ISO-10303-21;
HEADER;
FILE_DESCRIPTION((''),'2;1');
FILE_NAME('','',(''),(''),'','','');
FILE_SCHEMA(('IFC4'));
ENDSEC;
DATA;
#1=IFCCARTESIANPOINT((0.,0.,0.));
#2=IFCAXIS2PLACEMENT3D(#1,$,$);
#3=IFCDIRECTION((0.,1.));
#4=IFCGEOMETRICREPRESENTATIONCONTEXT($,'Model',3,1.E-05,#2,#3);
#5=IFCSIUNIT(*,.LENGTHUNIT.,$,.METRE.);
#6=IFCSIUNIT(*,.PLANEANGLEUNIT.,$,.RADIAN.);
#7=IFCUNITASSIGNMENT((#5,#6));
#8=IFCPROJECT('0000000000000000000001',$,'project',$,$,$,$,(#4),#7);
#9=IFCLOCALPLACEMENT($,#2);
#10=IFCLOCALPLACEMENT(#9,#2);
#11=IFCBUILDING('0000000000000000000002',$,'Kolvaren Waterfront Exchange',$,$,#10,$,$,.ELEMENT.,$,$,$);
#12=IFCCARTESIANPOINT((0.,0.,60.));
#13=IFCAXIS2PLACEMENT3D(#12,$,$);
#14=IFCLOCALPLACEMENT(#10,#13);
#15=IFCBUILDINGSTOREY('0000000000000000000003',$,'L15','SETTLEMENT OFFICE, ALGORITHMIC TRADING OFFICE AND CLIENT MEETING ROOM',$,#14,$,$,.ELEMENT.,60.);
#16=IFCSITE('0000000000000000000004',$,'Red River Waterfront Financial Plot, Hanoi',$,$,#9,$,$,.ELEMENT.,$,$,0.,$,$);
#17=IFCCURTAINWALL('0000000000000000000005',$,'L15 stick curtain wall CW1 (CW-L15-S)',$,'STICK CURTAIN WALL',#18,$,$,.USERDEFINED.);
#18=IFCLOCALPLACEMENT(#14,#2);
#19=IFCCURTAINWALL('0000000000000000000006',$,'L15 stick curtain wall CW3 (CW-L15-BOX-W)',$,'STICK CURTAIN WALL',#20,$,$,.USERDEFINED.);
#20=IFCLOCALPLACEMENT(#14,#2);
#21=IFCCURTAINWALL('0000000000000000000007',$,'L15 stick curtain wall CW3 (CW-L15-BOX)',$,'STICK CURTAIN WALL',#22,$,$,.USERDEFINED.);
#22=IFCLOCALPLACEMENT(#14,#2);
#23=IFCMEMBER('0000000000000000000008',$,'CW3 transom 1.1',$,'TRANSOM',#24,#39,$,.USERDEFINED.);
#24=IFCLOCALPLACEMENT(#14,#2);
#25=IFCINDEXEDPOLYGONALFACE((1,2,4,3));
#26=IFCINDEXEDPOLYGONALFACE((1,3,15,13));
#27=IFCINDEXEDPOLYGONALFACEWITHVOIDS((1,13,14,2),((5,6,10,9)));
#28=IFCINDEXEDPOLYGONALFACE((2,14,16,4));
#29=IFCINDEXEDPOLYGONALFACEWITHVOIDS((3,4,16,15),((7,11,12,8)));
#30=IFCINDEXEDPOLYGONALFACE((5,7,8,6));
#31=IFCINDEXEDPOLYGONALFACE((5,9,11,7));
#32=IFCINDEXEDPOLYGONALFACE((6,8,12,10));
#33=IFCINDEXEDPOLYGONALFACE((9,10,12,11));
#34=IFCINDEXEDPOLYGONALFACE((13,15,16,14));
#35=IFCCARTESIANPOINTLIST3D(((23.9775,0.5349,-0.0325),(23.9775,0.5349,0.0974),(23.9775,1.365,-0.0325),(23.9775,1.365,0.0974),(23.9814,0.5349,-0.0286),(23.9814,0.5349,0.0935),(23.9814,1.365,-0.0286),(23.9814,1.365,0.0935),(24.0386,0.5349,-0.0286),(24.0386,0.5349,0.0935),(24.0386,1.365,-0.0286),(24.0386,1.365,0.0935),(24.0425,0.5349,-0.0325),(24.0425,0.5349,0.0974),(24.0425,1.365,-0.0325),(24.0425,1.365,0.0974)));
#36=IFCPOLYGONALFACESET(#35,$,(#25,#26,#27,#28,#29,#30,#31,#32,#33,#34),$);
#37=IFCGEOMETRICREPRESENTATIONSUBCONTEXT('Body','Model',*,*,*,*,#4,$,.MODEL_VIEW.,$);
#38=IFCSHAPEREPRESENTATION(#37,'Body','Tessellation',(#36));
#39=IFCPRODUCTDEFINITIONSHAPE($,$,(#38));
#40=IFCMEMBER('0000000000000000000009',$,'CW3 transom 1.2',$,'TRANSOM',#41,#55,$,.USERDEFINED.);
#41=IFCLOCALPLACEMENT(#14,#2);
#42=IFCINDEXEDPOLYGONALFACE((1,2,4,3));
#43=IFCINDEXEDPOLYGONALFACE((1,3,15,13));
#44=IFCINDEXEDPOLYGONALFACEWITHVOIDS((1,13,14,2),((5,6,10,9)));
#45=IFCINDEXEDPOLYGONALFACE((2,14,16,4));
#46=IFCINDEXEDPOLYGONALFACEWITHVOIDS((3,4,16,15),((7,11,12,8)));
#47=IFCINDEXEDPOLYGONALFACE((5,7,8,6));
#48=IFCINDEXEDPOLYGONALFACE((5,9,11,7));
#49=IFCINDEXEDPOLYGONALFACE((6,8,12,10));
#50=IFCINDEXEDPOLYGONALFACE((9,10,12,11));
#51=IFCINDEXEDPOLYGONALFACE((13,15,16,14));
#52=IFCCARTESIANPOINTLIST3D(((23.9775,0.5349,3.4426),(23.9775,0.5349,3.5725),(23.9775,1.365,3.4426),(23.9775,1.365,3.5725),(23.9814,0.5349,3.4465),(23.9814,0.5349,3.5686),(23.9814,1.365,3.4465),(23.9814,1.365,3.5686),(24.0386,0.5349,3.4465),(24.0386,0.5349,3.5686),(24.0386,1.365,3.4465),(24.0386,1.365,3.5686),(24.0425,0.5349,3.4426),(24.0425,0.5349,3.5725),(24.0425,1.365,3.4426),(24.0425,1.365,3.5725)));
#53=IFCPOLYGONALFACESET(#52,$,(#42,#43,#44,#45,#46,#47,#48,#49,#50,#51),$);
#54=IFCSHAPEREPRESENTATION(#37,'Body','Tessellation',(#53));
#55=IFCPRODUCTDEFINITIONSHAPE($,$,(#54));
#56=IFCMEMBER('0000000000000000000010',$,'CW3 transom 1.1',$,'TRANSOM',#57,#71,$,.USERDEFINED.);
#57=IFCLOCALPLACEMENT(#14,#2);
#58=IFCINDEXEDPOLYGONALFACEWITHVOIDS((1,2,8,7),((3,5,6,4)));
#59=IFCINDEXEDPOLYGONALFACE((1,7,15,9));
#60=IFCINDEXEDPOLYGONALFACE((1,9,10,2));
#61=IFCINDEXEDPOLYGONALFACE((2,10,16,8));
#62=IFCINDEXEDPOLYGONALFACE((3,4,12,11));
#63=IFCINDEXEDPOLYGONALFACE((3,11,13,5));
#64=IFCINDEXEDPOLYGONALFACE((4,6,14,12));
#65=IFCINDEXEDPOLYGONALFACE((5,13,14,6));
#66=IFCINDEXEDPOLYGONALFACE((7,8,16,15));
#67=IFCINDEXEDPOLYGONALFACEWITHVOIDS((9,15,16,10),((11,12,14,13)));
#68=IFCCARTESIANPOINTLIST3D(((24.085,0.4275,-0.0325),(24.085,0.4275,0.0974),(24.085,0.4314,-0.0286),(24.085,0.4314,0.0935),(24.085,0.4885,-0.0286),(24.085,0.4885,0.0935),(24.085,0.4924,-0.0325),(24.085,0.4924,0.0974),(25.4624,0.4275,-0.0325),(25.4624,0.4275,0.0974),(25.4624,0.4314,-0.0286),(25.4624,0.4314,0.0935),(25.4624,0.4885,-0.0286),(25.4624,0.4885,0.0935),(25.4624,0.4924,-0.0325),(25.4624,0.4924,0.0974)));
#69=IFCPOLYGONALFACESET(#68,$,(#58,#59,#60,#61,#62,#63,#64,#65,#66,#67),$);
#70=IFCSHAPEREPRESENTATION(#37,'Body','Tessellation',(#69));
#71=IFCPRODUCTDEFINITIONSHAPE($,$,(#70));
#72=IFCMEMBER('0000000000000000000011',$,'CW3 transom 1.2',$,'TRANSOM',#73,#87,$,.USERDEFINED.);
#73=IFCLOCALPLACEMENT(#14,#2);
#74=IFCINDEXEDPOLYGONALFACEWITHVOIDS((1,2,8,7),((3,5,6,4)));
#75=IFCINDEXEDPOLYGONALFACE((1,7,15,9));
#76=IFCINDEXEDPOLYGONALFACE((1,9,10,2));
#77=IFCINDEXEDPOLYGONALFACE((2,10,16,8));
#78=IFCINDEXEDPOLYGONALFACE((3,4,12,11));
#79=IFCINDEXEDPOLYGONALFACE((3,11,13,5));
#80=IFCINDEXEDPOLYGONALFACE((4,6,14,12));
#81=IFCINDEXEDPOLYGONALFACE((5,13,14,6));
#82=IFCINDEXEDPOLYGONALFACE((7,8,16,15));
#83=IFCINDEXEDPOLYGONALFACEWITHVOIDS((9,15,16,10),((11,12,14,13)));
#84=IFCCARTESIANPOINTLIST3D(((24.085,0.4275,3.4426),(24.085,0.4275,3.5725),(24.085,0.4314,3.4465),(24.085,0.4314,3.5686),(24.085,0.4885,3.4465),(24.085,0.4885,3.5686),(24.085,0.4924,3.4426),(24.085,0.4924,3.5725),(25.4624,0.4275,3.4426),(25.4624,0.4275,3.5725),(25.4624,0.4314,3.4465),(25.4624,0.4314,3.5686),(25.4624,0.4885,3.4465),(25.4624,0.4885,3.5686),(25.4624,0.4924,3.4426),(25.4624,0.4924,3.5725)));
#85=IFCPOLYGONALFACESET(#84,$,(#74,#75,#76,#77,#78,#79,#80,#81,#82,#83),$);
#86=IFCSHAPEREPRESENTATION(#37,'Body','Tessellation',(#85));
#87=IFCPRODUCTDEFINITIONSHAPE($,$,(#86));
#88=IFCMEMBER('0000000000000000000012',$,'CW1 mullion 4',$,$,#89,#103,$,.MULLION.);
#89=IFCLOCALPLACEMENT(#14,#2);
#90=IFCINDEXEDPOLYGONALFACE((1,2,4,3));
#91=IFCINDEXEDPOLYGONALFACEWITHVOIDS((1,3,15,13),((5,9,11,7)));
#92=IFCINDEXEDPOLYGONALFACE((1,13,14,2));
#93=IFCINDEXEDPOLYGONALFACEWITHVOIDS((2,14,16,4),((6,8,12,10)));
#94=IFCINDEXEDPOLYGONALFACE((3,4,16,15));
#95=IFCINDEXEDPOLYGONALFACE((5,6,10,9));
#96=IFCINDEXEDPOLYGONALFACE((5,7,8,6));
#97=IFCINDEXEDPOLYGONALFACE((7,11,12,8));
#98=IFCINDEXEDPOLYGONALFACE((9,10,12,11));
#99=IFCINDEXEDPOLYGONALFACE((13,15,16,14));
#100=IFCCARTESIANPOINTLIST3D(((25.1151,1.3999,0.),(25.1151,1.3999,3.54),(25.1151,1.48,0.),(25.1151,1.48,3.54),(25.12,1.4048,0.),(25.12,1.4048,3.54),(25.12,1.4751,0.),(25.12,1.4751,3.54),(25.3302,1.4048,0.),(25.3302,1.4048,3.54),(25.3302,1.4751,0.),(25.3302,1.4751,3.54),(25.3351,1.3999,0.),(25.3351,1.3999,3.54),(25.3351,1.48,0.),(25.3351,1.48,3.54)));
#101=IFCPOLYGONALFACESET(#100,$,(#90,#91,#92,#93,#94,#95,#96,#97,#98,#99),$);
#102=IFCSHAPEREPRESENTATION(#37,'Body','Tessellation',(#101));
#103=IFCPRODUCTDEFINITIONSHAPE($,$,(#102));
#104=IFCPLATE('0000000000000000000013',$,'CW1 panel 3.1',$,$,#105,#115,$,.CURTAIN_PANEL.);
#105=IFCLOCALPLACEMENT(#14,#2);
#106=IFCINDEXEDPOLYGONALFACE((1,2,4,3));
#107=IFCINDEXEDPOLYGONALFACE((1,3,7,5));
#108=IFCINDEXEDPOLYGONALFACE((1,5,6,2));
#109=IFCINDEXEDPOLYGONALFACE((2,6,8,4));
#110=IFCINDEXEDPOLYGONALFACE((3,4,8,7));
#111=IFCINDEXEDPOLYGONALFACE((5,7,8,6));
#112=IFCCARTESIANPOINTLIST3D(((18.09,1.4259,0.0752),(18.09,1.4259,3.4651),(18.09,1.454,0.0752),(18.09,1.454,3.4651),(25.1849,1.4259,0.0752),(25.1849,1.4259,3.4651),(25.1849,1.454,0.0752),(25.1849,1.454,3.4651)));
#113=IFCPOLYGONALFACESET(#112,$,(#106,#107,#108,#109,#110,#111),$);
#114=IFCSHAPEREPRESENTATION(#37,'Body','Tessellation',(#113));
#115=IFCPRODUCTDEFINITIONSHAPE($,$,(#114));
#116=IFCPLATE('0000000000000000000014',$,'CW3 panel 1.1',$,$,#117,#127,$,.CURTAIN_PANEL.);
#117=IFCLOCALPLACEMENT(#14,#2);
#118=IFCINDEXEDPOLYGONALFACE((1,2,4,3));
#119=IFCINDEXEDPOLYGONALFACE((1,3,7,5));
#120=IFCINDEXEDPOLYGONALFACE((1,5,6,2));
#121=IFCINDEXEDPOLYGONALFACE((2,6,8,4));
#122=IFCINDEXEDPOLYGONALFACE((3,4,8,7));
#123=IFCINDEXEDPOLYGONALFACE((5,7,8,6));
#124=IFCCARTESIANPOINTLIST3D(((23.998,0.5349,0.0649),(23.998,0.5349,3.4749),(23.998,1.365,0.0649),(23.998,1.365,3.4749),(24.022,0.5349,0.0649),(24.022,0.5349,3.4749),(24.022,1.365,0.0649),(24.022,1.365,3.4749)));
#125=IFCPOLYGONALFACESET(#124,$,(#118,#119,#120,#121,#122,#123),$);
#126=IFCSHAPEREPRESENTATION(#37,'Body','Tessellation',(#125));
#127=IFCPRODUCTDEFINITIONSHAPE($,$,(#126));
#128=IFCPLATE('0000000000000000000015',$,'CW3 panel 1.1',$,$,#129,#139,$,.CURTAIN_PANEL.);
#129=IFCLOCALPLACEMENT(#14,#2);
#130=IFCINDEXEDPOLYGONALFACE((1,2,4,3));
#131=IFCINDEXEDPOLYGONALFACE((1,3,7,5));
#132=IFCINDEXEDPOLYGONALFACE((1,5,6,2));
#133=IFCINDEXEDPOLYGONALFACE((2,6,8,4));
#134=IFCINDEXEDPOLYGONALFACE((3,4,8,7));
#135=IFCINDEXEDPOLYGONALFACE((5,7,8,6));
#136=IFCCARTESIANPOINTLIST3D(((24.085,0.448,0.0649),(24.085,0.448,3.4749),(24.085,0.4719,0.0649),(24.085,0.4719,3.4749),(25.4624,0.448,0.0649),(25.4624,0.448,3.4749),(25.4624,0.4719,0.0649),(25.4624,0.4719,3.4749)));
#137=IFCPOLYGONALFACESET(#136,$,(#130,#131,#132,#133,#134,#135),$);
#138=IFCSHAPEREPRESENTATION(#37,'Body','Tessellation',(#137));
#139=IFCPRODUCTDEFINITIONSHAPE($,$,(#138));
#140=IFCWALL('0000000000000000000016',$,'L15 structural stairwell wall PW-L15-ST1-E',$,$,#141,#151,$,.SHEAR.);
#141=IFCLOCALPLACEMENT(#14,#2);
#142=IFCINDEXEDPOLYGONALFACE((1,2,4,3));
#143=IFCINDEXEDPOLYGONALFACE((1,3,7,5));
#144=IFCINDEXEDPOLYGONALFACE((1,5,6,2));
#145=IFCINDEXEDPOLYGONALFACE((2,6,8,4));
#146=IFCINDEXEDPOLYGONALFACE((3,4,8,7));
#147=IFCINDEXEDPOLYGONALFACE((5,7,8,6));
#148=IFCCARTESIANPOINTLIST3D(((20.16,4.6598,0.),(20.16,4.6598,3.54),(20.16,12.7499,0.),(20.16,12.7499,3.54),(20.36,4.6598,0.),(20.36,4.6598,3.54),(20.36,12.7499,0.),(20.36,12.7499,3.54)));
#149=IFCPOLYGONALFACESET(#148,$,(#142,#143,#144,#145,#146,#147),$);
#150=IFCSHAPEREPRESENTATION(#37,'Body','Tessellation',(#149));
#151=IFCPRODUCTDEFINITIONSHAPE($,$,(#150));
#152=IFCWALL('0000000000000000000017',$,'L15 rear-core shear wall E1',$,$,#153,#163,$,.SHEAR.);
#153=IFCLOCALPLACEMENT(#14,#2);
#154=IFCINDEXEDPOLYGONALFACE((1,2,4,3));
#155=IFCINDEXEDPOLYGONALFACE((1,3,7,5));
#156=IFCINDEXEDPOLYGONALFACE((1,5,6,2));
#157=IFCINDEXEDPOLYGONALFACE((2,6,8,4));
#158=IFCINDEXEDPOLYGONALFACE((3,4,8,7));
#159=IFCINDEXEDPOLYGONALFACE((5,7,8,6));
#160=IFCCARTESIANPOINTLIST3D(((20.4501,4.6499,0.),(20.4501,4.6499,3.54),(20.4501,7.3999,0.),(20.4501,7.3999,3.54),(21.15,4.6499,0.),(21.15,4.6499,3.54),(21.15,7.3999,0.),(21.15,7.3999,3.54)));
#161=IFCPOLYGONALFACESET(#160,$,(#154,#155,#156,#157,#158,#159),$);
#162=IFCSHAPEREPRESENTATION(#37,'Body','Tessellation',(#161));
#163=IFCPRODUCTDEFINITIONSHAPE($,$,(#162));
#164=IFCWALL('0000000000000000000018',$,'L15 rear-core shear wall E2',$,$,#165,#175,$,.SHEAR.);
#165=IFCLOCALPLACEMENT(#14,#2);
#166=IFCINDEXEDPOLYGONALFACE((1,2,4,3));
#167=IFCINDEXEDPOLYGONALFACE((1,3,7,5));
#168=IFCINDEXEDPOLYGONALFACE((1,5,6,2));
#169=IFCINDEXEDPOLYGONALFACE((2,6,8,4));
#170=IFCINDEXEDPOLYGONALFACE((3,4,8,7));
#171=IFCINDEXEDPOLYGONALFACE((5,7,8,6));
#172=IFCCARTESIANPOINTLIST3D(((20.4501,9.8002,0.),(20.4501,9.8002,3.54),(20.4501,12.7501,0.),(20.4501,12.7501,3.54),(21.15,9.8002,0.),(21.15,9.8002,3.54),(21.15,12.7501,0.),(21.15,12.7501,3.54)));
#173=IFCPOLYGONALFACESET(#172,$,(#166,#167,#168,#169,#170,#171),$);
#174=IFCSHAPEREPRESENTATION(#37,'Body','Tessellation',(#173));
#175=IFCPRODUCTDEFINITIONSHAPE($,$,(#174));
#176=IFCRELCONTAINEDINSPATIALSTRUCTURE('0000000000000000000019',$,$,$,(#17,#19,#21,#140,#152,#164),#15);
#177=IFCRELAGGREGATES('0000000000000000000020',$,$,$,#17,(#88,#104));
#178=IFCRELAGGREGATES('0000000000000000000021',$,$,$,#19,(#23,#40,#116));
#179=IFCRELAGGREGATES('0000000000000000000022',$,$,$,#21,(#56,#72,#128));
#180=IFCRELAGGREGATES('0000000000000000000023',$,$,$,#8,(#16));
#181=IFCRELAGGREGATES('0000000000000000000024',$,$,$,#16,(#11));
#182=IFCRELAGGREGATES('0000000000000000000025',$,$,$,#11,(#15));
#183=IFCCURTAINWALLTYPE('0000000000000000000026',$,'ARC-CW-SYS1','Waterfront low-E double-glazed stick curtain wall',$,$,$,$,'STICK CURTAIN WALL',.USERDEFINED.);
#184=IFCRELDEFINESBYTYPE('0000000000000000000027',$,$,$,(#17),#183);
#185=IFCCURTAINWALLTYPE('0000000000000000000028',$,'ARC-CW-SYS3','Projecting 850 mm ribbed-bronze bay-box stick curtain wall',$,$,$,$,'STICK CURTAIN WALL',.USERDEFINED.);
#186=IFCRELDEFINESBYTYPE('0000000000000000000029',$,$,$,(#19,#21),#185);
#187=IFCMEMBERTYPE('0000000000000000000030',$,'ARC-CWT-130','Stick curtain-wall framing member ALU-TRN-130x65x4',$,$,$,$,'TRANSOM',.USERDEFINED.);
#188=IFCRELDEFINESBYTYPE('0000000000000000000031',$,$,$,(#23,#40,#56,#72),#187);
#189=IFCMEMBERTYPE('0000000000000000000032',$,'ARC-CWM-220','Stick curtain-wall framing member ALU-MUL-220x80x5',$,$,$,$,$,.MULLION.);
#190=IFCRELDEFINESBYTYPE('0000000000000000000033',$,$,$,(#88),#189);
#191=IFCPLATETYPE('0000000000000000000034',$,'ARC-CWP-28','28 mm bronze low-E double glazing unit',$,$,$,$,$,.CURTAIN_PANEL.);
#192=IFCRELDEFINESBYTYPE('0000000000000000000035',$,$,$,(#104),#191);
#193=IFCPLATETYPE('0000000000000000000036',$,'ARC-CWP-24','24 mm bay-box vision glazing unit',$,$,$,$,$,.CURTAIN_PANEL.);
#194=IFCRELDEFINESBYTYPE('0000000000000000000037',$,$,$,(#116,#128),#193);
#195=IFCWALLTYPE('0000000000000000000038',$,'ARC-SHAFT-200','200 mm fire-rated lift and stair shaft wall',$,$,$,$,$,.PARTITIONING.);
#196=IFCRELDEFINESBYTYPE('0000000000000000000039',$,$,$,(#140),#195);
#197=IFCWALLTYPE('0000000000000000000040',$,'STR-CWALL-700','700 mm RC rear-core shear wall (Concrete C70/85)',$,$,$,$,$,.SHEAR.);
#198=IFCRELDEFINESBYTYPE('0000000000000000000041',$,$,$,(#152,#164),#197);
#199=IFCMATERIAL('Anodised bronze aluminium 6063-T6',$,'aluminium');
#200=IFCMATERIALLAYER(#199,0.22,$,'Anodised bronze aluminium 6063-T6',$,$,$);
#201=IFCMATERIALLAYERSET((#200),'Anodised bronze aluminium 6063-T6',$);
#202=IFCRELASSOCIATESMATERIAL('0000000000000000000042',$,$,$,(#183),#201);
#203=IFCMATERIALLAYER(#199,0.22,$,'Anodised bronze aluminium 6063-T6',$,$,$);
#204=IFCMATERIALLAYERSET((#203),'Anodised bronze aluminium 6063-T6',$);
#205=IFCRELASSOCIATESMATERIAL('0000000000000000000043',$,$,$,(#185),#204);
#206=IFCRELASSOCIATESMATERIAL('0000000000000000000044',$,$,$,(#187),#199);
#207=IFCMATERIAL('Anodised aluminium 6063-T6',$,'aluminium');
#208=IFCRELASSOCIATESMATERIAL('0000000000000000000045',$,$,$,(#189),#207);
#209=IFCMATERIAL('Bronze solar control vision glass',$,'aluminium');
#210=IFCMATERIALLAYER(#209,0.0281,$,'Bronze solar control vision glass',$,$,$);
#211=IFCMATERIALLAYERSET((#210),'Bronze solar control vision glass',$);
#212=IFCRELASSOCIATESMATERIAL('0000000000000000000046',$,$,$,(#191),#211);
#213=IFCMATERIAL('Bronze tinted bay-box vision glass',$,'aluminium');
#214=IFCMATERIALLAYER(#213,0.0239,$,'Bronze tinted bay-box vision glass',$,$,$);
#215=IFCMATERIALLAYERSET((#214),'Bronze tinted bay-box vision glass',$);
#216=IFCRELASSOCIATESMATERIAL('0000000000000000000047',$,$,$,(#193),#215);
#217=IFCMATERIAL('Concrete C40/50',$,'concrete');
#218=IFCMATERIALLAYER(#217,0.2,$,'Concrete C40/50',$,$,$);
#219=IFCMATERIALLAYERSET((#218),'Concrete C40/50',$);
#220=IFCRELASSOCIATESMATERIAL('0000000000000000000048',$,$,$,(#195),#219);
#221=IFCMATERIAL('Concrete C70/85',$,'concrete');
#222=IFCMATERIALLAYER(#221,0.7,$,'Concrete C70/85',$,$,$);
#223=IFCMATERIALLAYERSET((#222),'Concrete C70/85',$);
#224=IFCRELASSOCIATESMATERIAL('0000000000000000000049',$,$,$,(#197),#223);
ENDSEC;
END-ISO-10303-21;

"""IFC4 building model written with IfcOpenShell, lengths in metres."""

from ifc_helpers import new_model, si_unit, direction, frame, frame_2d, origin, origin_with_axes, origin_2d, place, context, subcontext, project, spatial, rectangle, hollow_rectangle, extrude, source, transform, mapped, material, layer, layer_set, material_profile, profile_set, type_object, element, aggregate, save


model = new_model("IFC4")

# Units and contexts
model_context = context("Model", 3, precision=1e-05, world=origin(), true_north=direction((0.0, 1.0)))
body_context = subcontext(model_context, "Body", "Model", "MODEL_VIEW")
ifc_project = project(units=[si_unit("LENGTHUNIT", "METRE"), si_unit("PLANEANGLEUNIT", "RADIAN")], contexts=[model_context])

# Site, building, storey
site_placement = place(None, origin())
site = spatial("IfcSite", under=ifc_project, at=site_placement, Name="Red River Waterfront Financial Plot, Hanoi", CompositionType="ELEMENT", RefElevation=0.0)
building_placement = place(site_placement, origin())
building = spatial("IfcBuilding", under=site, at=building_placement, Name="Kolvaren Waterfront Exchange", CompositionType="ELEMENT")
storey_placement = place(building_placement, frame((0.0, 0.0, 60.0)))
storey = spatial("IfcBuildingStorey", under=building, at=storey_placement, Name="L15", Description="SETTLEMENT OFFICE, ALGORITHMIC TRADING OFFICE AND CLIENT MEETING ROOM", CompositionType="ELEMENT", Elevation=60.0)

# Shared definitions
ifc_material_1 = material(Name="Concrete C70/85", Category="concrete")

# Curtain walls
ifc_material_2 = material(Name="Anodised bronze aluminium 6063-T6", Category="aluminium")
ifc_layer_1 = layer(ifc_material_2, 0.22, Name="Anodised bronze aluminium 6063-T6")
ifc_layer_set_1 = layer_set([ifc_layer_1], Name="Anodised bronze aluminium 6063-T6")
curtain_wall_type_1 = type_object("IfcCurtainWallType", Name="ARC-CW-SYS1", Description="Waterfront low-E double-glazed stick curtain wall", ElementType="STICK CURTAIN WALL", PredefinedType="USERDEFINED", material=ifc_layer_set_1)
curtain_wall_1_placement = place(storey_placement, origin())
curtain_wall_1 = element("IfcCurtainWall", 1, at=curtain_wall_1_placement, inside=storey, type_object=curtain_wall_type_1, Name="L15 stick curtain wall CW1 (CW-L15-S)", ObjectType="STICK CURTAIN WALL", PredefinedType="USERDEFINED")
ifc_material_3 = material(Name="Anodised aluminium 6063-T6", Category="aluminium")
ifc_layer_2 = layer(ifc_material_2, 0.22, Name="Anodised bronze aluminium 6063-T6")
ifc_layer_set_2 = layer_set([ifc_layer_2], Name="Anodised bronze aluminium 6063-T6")
curtain_wall_type_2 = type_object("IfcCurtainWallType", Name="ARC-CW-SYS3", Description="Projecting 850 mm ribbed-bronze bay-box stick curtain wall", ElementType="STICK CURTAIN WALL", PredefinedType="USERDEFINED", material=ifc_layer_set_2)
curtain_wall_2_placement = place(storey_placement, origin())
curtain_wall_2 = element("IfcCurtainWall", 2, at=curtain_wall_2_placement, inside=storey, type_object=curtain_wall_type_2, Name="L15 stick curtain wall CW3 (CW-L15-BOX-W)", ObjectType="STICK CURTAIN WALL", PredefinedType="USERDEFINED")

# Curtain wall
curtain_wall_3_placement = place(storey_placement, origin())
curtain_wall_3 = element("IfcCurtainWall", 3, at=curtain_wall_3_placement, inside=storey, type_object=curtain_wall_type_2, Name="L15 stick curtain wall CW3 (CW-L15-BOX)", ObjectType="STICK CURTAIN WALL", PredefinedType="USERDEFINED")

# Members
ifc_material_profile_1 = material_profile(ifc_material_2, hollow_rectangle(XDim=0.0649, YDim=0.1299, WallThickness=0.0039, at=origin_2d()), Name="ALU-TRN-130x65x4")
ifc_profile_set_1 = profile_set([ifc_material_profile_1], Name="Anodised bronze aluminium 6063-T6")
member_type_1 = type_object("IfcMemberType", Name="ARC-CWT-130", Description="Stick curtain-wall framing member ALU-TRN-130x65x4", ElementType="TRANSOM", PredefinedType="USERDEFINED", material=ifc_profile_set_1)
shared_shape_1 = source(origin_with_axes(), body_context, "Body", "SweptSolid", [
    extrude(hollow_rectangle(XDim=0.0649, YDim=0.1299, WallThickness=0.0039, at=origin_2d()), origin(), (0.0, 0.0, 1.0), 0.8301),
])
member_1_placement = place(storey_placement, frame((24.01, 1.365, 0.0325), z_axis=(0.0, -1.0, 0.0), x_axis=(1.0, 0.0, 0.0)))
member_1 = element("IfcMember", 4, at=member_1_placement, type_object=member_type_1, Name="CW3 transom 1.1", ObjectType="TRANSOM", PredefinedType="USERDEFINED", context=body_context, shape_type="MappedRepresentation", body=[
    mapped(shared_shape_1, transform((0.0, 0.0, 0.0), x_axis=(1.0, 0.0, 0.0), y_axis=(0.0, 1.0, 0.0), z_axis=(0.0, 0.0, 1.0), scale=1.0)),
])
member_2_placement = place(storey_placement, frame((24.01, 1.365, 3.5076), z_axis=(0.0, -1.0, 0.0), x_axis=(1.0, 0.0, 0.0)))
member_2 = element("IfcMember", 5, at=member_2_placement, type_object=member_type_1, Name="CW3 transom 1.2", ObjectType="TRANSOM", PredefinedType="USERDEFINED", context=body_context, shape_type="MappedRepresentation", body=[
    mapped(shared_shape_1, transform((0.0, 0.0, 0.0), x_axis=(1.0, 0.0, 0.0), y_axis=(0.0, 1.0, 0.0), z_axis=(0.0, 0.0, 1.0), scale=1.0)),
])
shared_shape_2 = source(origin_with_axes(), body_context, "Body", "SweptSolid", [
    extrude(hollow_rectangle(XDim=0.0649, YDim=0.1299, WallThickness=0.0039, at=origin_2d()), origin(), (0.0, 0.0, 1.0), 1.3774),
])
member_3_placement = place(storey_placement, frame((24.085, 0.46, 0.0325), z_axis=(1.0, 0.0, 0.0), x_axis=(0.0, 1.0, 0.0)))
member_3 = element("IfcMember", 6, at=member_3_placement, type_object=member_type_1, Name="CW3 transom 1.1", ObjectType="TRANSOM", PredefinedType="USERDEFINED", context=body_context, shape_type="MappedRepresentation", body=[
    mapped(shared_shape_2, transform((0.0, 0.0, 0.0), x_axis=(1.0, 0.0, 0.0), y_axis=(0.0, 1.0, 0.0), z_axis=(0.0, 0.0, 1.0), scale=1.0)),
])
member_4_placement = place(storey_placement, frame((24.085, 0.46, 3.5076), z_axis=(1.0, 0.0, 0.0), x_axis=(0.0, 1.0, 0.0)))
member_4 = element("IfcMember", 7, at=member_4_placement, type_object=member_type_1, Name="CW3 transom 1.2", ObjectType="TRANSOM", PredefinedType="USERDEFINED", context=body_context, shape_type="MappedRepresentation", body=[
    mapped(shared_shape_2, transform((0.0, 0.0, 0.0), x_axis=(1.0, 0.0, 0.0), y_axis=(0.0, 1.0, 0.0), z_axis=(0.0, 0.0, 1.0), scale=1.0)),
])
ifc_material_profile_2 = material_profile(ifc_material_3, hollow_rectangle(XDim=0.0801, YDim=0.22, WallThickness=0.0049, at=origin_2d()), Name="ALU-MUL-220x80x5")
ifc_profile_set_2 = profile_set([ifc_material_profile_2], Name="Anodised aluminium 6063-T6")
member_type_2 = type_object("IfcMemberType", Name="ARC-CWM-220", Description="Stick curtain-wall framing member ALU-MUL-220x80x5", PredefinedType="MULLION", material=ifc_profile_set_2)
shared_shape_3 = source(origin_with_axes(), body_context, "Body", "SweptSolid", [
    extrude(hollow_rectangle(XDim=0.0801, YDim=0.22, WallThickness=0.0049, at=origin_2d()), origin(), (0.0, 0.0, 1.0), 3.54),
])
member_5_placement = place(storey_placement, frame((25.2251, 1.4399, 0.0), z_axis=(0.0, 0.0, 1.0), x_axis=(0.0, 1.0, 0.0)))
member_5 = element("IfcMember", 8, at=member_5_placement, type_object=member_type_2, Name="CW1 mullion 4", PredefinedType="MULLION", context=body_context, shape_type="MappedRepresentation", body=[
    mapped(shared_shape_3, transform((0.0, 0.0, 0.0), x_axis=(1.0, 0.0, 0.0), y_axis=(0.0, 1.0, 0.0), z_axis=(0.0, 0.0, 1.0), scale=1.0)),
])

# Plates
ifc_material_4 = material(Name="Bronze solar control vision glass", Category="aluminium")
ifc_layer_3 = layer(ifc_material_4, 0.0281, Name="Bronze solar control vision glass")
ifc_layer_set_3 = layer_set([ifc_layer_3], Name="Bronze solar control vision glass")
plate_type_1 = type_object("IfcPlateType", Name="ARC-CWP-28", Description="28 mm bronze low-E double glazing unit", PredefinedType="CURTAIN_PANEL", material=ifc_layer_set_3)
shared_shape_4 = source(origin_with_axes(), body_context, "Body", "SweptSolid", [
    extrude(rectangle(XDim=7.095, YDim=0.0281, at=origin_2d()), origin(), (0.0, 0.0, 1.0), 3.3899),
])
plate_1_placement = place(storey_placement, frame((21.6375, 1.4399, 0.0752), z_axis=(0.0, 0.0, 1.0), x_axis=(1.0, 0.0, 0.0)))
plate_1 = element("IfcPlate", 9, at=plate_1_placement, type_object=plate_type_1, Name="CW1 panel 3.1", PredefinedType="CURTAIN_PANEL", context=body_context, shape_type="MappedRepresentation", body=[
    mapped(shared_shape_4, transform((0.0, 0.0, 0.0), x_axis=(1.0, 0.0, 0.0), y_axis=(0.0, 1.0, 0.0), z_axis=(0.0, 0.0, 1.0), scale=1.0)),
])
aggregate(curtain_wall_1, [member_5, plate_1])
ifc_material_5 = material(Name="Bronze tinted bay-box vision glass", Category="aluminium")
ifc_layer_4 = layer(ifc_material_5, 0.0239, Name="Bronze tinted bay-box vision glass")
ifc_layer_set_4 = layer_set([ifc_layer_4], Name="Bronze tinted bay-box vision glass")
plate_type_2 = type_object("IfcPlateType", Name="ARC-CWP-24", Description="24 mm bay-box vision glazing unit", PredefinedType="CURTAIN_PANEL", material=ifc_layer_set_4)
shared_shape_5 = source(origin_with_axes(), body_context, "Body", "SweptSolid", [
    extrude(rectangle(XDim=0.8301, YDim=0.0239, at=origin_2d()), origin(), (0.0, 0.0, 1.0), 3.4099),
])
plate_2_placement = place(storey_placement, frame((24.01, 0.95, 0.0649), z_axis=(0.0, 0.0, 1.0), x_axis=(0.0, -1.0, 0.0)))
plate_2 = element("IfcPlate", 10, at=plate_2_placement, type_object=plate_type_2, Name="CW3 panel 1.1", PredefinedType="CURTAIN_PANEL", context=body_context, shape_type="MappedRepresentation", body=[
    mapped(shared_shape_5, transform((0.0, 0.0, 0.0), x_axis=(1.0, 0.0, 0.0), y_axis=(0.0, 1.0, 0.0), z_axis=(0.0, 0.0, 1.0), scale=1.0)),
])
aggregate(curtain_wall_2, [member_1, member_2, plate_2])
shared_shape_6 = source(origin_with_axes(), body_context, "Body", "SweptSolid", [
    extrude(rectangle(XDim=1.3774, YDim=0.0239, at=origin_2d()), origin(), (0.0, 0.0, 1.0), 3.4099),
])
plate_3_placement = place(storey_placement, frame((24.7737, 0.46, 0.0649), z_axis=(0.0, 0.0, 1.0), x_axis=(1.0, 0.0, 0.0)))
plate_3 = element("IfcPlate", 11, at=plate_3_placement, type_object=plate_type_2, Name="CW3 panel 1.1", PredefinedType="CURTAIN_PANEL", context=body_context, shape_type="MappedRepresentation", body=[
    mapped(shared_shape_6, transform((0.0, 0.0, 0.0), x_axis=(1.0, 0.0, 0.0), y_axis=(0.0, 1.0, 0.0), z_axis=(0.0, 0.0, 1.0), scale=1.0)),
])
aggregate(curtain_wall_3, [member_3, member_4, plate_3])

# Walls
ifc_material_6 = material(Name="Concrete C40/50", Category="concrete")
ifc_layer_5 = layer(ifc_material_6, 0.2, Name="Concrete C40/50")
ifc_layer_set_5 = layer_set([ifc_layer_5], Name="Concrete C40/50")
wall_type_1 = type_object("IfcWallType", Name="ARC-SHAFT-200", Description="200 mm fire-rated lift and stair shaft wall", PredefinedType="PARTITIONING", material=ifc_layer_set_5)
wall_1_placement = place(storey_placement, frame((20.26, 4.6599, 0.0), z_axis=(0.0, 0.0, 1.0), x_axis=(0.0, 1.0, 0.0)))
element("IfcWall", 12, at=wall_1_placement, inside=storey, type_object=wall_type_1, Name="L15 structural stairwell wall PW-L15-ST1-E", PredefinedType="SHEAR", context=body_context, shape_type="SweptSolid", body=[
    extrude(rectangle(XDim=8.0901, YDim=0.2, at=frame_2d((4.0449, 0.0))), origin(), (0.0, 0.0, 1.0), 3.54),
])
ifc_layer_6 = layer(ifc_material_1, 0.7, Name="Concrete C70/85")
ifc_layer_set_6 = layer_set([ifc_layer_6], Name="Concrete C70/85")
wall_type_2 = type_object("IfcWallType", Name="STR-CWALL-700", Description="700 mm RC rear-core shear wall (Concrete C70/85)", PredefinedType="SHEAR", material=ifc_layer_set_6)
wall_2_placement = place(storey_placement, frame((20.8, 4.6499, 0.0), z_axis=(0.0, 0.0, 1.0), x_axis=(0.0, 1.0, 0.0)))
element("IfcWall", 13, at=wall_2_placement, inside=storey, type_object=wall_type_2, Name="L15 rear-core shear wall E1", PredefinedType="SHEAR", context=body_context, shape_type="SweptSolid", body=[
    extrude(rectangle(XDim=2.75, YDim=0.7, at=frame_2d((1.375, 0.0))), origin(), (0.0, 0.0, 1.0), 3.54),
])
wall_3_placement = place(storey_placement, frame((20.8, 9.8, 0.0), z_axis=(0.0, 0.0, 1.0), x_axis=(0.0, 1.0, 0.0)))
element("IfcWall", 14, at=wall_3_placement, inside=storey, type_object=wall_type_2, Name="L15 rear-core shear wall E2", PredefinedType="SHEAR", context=body_context, shape_type="SweptSolid", body=[
    extrude(rectangle(XDim=2.95, YDim=0.7, at=frame_2d((1.4751, 0.0))), origin(), (0.0, 0.0, 1.0), 3.54),
])

save(model, "model.ifc")
